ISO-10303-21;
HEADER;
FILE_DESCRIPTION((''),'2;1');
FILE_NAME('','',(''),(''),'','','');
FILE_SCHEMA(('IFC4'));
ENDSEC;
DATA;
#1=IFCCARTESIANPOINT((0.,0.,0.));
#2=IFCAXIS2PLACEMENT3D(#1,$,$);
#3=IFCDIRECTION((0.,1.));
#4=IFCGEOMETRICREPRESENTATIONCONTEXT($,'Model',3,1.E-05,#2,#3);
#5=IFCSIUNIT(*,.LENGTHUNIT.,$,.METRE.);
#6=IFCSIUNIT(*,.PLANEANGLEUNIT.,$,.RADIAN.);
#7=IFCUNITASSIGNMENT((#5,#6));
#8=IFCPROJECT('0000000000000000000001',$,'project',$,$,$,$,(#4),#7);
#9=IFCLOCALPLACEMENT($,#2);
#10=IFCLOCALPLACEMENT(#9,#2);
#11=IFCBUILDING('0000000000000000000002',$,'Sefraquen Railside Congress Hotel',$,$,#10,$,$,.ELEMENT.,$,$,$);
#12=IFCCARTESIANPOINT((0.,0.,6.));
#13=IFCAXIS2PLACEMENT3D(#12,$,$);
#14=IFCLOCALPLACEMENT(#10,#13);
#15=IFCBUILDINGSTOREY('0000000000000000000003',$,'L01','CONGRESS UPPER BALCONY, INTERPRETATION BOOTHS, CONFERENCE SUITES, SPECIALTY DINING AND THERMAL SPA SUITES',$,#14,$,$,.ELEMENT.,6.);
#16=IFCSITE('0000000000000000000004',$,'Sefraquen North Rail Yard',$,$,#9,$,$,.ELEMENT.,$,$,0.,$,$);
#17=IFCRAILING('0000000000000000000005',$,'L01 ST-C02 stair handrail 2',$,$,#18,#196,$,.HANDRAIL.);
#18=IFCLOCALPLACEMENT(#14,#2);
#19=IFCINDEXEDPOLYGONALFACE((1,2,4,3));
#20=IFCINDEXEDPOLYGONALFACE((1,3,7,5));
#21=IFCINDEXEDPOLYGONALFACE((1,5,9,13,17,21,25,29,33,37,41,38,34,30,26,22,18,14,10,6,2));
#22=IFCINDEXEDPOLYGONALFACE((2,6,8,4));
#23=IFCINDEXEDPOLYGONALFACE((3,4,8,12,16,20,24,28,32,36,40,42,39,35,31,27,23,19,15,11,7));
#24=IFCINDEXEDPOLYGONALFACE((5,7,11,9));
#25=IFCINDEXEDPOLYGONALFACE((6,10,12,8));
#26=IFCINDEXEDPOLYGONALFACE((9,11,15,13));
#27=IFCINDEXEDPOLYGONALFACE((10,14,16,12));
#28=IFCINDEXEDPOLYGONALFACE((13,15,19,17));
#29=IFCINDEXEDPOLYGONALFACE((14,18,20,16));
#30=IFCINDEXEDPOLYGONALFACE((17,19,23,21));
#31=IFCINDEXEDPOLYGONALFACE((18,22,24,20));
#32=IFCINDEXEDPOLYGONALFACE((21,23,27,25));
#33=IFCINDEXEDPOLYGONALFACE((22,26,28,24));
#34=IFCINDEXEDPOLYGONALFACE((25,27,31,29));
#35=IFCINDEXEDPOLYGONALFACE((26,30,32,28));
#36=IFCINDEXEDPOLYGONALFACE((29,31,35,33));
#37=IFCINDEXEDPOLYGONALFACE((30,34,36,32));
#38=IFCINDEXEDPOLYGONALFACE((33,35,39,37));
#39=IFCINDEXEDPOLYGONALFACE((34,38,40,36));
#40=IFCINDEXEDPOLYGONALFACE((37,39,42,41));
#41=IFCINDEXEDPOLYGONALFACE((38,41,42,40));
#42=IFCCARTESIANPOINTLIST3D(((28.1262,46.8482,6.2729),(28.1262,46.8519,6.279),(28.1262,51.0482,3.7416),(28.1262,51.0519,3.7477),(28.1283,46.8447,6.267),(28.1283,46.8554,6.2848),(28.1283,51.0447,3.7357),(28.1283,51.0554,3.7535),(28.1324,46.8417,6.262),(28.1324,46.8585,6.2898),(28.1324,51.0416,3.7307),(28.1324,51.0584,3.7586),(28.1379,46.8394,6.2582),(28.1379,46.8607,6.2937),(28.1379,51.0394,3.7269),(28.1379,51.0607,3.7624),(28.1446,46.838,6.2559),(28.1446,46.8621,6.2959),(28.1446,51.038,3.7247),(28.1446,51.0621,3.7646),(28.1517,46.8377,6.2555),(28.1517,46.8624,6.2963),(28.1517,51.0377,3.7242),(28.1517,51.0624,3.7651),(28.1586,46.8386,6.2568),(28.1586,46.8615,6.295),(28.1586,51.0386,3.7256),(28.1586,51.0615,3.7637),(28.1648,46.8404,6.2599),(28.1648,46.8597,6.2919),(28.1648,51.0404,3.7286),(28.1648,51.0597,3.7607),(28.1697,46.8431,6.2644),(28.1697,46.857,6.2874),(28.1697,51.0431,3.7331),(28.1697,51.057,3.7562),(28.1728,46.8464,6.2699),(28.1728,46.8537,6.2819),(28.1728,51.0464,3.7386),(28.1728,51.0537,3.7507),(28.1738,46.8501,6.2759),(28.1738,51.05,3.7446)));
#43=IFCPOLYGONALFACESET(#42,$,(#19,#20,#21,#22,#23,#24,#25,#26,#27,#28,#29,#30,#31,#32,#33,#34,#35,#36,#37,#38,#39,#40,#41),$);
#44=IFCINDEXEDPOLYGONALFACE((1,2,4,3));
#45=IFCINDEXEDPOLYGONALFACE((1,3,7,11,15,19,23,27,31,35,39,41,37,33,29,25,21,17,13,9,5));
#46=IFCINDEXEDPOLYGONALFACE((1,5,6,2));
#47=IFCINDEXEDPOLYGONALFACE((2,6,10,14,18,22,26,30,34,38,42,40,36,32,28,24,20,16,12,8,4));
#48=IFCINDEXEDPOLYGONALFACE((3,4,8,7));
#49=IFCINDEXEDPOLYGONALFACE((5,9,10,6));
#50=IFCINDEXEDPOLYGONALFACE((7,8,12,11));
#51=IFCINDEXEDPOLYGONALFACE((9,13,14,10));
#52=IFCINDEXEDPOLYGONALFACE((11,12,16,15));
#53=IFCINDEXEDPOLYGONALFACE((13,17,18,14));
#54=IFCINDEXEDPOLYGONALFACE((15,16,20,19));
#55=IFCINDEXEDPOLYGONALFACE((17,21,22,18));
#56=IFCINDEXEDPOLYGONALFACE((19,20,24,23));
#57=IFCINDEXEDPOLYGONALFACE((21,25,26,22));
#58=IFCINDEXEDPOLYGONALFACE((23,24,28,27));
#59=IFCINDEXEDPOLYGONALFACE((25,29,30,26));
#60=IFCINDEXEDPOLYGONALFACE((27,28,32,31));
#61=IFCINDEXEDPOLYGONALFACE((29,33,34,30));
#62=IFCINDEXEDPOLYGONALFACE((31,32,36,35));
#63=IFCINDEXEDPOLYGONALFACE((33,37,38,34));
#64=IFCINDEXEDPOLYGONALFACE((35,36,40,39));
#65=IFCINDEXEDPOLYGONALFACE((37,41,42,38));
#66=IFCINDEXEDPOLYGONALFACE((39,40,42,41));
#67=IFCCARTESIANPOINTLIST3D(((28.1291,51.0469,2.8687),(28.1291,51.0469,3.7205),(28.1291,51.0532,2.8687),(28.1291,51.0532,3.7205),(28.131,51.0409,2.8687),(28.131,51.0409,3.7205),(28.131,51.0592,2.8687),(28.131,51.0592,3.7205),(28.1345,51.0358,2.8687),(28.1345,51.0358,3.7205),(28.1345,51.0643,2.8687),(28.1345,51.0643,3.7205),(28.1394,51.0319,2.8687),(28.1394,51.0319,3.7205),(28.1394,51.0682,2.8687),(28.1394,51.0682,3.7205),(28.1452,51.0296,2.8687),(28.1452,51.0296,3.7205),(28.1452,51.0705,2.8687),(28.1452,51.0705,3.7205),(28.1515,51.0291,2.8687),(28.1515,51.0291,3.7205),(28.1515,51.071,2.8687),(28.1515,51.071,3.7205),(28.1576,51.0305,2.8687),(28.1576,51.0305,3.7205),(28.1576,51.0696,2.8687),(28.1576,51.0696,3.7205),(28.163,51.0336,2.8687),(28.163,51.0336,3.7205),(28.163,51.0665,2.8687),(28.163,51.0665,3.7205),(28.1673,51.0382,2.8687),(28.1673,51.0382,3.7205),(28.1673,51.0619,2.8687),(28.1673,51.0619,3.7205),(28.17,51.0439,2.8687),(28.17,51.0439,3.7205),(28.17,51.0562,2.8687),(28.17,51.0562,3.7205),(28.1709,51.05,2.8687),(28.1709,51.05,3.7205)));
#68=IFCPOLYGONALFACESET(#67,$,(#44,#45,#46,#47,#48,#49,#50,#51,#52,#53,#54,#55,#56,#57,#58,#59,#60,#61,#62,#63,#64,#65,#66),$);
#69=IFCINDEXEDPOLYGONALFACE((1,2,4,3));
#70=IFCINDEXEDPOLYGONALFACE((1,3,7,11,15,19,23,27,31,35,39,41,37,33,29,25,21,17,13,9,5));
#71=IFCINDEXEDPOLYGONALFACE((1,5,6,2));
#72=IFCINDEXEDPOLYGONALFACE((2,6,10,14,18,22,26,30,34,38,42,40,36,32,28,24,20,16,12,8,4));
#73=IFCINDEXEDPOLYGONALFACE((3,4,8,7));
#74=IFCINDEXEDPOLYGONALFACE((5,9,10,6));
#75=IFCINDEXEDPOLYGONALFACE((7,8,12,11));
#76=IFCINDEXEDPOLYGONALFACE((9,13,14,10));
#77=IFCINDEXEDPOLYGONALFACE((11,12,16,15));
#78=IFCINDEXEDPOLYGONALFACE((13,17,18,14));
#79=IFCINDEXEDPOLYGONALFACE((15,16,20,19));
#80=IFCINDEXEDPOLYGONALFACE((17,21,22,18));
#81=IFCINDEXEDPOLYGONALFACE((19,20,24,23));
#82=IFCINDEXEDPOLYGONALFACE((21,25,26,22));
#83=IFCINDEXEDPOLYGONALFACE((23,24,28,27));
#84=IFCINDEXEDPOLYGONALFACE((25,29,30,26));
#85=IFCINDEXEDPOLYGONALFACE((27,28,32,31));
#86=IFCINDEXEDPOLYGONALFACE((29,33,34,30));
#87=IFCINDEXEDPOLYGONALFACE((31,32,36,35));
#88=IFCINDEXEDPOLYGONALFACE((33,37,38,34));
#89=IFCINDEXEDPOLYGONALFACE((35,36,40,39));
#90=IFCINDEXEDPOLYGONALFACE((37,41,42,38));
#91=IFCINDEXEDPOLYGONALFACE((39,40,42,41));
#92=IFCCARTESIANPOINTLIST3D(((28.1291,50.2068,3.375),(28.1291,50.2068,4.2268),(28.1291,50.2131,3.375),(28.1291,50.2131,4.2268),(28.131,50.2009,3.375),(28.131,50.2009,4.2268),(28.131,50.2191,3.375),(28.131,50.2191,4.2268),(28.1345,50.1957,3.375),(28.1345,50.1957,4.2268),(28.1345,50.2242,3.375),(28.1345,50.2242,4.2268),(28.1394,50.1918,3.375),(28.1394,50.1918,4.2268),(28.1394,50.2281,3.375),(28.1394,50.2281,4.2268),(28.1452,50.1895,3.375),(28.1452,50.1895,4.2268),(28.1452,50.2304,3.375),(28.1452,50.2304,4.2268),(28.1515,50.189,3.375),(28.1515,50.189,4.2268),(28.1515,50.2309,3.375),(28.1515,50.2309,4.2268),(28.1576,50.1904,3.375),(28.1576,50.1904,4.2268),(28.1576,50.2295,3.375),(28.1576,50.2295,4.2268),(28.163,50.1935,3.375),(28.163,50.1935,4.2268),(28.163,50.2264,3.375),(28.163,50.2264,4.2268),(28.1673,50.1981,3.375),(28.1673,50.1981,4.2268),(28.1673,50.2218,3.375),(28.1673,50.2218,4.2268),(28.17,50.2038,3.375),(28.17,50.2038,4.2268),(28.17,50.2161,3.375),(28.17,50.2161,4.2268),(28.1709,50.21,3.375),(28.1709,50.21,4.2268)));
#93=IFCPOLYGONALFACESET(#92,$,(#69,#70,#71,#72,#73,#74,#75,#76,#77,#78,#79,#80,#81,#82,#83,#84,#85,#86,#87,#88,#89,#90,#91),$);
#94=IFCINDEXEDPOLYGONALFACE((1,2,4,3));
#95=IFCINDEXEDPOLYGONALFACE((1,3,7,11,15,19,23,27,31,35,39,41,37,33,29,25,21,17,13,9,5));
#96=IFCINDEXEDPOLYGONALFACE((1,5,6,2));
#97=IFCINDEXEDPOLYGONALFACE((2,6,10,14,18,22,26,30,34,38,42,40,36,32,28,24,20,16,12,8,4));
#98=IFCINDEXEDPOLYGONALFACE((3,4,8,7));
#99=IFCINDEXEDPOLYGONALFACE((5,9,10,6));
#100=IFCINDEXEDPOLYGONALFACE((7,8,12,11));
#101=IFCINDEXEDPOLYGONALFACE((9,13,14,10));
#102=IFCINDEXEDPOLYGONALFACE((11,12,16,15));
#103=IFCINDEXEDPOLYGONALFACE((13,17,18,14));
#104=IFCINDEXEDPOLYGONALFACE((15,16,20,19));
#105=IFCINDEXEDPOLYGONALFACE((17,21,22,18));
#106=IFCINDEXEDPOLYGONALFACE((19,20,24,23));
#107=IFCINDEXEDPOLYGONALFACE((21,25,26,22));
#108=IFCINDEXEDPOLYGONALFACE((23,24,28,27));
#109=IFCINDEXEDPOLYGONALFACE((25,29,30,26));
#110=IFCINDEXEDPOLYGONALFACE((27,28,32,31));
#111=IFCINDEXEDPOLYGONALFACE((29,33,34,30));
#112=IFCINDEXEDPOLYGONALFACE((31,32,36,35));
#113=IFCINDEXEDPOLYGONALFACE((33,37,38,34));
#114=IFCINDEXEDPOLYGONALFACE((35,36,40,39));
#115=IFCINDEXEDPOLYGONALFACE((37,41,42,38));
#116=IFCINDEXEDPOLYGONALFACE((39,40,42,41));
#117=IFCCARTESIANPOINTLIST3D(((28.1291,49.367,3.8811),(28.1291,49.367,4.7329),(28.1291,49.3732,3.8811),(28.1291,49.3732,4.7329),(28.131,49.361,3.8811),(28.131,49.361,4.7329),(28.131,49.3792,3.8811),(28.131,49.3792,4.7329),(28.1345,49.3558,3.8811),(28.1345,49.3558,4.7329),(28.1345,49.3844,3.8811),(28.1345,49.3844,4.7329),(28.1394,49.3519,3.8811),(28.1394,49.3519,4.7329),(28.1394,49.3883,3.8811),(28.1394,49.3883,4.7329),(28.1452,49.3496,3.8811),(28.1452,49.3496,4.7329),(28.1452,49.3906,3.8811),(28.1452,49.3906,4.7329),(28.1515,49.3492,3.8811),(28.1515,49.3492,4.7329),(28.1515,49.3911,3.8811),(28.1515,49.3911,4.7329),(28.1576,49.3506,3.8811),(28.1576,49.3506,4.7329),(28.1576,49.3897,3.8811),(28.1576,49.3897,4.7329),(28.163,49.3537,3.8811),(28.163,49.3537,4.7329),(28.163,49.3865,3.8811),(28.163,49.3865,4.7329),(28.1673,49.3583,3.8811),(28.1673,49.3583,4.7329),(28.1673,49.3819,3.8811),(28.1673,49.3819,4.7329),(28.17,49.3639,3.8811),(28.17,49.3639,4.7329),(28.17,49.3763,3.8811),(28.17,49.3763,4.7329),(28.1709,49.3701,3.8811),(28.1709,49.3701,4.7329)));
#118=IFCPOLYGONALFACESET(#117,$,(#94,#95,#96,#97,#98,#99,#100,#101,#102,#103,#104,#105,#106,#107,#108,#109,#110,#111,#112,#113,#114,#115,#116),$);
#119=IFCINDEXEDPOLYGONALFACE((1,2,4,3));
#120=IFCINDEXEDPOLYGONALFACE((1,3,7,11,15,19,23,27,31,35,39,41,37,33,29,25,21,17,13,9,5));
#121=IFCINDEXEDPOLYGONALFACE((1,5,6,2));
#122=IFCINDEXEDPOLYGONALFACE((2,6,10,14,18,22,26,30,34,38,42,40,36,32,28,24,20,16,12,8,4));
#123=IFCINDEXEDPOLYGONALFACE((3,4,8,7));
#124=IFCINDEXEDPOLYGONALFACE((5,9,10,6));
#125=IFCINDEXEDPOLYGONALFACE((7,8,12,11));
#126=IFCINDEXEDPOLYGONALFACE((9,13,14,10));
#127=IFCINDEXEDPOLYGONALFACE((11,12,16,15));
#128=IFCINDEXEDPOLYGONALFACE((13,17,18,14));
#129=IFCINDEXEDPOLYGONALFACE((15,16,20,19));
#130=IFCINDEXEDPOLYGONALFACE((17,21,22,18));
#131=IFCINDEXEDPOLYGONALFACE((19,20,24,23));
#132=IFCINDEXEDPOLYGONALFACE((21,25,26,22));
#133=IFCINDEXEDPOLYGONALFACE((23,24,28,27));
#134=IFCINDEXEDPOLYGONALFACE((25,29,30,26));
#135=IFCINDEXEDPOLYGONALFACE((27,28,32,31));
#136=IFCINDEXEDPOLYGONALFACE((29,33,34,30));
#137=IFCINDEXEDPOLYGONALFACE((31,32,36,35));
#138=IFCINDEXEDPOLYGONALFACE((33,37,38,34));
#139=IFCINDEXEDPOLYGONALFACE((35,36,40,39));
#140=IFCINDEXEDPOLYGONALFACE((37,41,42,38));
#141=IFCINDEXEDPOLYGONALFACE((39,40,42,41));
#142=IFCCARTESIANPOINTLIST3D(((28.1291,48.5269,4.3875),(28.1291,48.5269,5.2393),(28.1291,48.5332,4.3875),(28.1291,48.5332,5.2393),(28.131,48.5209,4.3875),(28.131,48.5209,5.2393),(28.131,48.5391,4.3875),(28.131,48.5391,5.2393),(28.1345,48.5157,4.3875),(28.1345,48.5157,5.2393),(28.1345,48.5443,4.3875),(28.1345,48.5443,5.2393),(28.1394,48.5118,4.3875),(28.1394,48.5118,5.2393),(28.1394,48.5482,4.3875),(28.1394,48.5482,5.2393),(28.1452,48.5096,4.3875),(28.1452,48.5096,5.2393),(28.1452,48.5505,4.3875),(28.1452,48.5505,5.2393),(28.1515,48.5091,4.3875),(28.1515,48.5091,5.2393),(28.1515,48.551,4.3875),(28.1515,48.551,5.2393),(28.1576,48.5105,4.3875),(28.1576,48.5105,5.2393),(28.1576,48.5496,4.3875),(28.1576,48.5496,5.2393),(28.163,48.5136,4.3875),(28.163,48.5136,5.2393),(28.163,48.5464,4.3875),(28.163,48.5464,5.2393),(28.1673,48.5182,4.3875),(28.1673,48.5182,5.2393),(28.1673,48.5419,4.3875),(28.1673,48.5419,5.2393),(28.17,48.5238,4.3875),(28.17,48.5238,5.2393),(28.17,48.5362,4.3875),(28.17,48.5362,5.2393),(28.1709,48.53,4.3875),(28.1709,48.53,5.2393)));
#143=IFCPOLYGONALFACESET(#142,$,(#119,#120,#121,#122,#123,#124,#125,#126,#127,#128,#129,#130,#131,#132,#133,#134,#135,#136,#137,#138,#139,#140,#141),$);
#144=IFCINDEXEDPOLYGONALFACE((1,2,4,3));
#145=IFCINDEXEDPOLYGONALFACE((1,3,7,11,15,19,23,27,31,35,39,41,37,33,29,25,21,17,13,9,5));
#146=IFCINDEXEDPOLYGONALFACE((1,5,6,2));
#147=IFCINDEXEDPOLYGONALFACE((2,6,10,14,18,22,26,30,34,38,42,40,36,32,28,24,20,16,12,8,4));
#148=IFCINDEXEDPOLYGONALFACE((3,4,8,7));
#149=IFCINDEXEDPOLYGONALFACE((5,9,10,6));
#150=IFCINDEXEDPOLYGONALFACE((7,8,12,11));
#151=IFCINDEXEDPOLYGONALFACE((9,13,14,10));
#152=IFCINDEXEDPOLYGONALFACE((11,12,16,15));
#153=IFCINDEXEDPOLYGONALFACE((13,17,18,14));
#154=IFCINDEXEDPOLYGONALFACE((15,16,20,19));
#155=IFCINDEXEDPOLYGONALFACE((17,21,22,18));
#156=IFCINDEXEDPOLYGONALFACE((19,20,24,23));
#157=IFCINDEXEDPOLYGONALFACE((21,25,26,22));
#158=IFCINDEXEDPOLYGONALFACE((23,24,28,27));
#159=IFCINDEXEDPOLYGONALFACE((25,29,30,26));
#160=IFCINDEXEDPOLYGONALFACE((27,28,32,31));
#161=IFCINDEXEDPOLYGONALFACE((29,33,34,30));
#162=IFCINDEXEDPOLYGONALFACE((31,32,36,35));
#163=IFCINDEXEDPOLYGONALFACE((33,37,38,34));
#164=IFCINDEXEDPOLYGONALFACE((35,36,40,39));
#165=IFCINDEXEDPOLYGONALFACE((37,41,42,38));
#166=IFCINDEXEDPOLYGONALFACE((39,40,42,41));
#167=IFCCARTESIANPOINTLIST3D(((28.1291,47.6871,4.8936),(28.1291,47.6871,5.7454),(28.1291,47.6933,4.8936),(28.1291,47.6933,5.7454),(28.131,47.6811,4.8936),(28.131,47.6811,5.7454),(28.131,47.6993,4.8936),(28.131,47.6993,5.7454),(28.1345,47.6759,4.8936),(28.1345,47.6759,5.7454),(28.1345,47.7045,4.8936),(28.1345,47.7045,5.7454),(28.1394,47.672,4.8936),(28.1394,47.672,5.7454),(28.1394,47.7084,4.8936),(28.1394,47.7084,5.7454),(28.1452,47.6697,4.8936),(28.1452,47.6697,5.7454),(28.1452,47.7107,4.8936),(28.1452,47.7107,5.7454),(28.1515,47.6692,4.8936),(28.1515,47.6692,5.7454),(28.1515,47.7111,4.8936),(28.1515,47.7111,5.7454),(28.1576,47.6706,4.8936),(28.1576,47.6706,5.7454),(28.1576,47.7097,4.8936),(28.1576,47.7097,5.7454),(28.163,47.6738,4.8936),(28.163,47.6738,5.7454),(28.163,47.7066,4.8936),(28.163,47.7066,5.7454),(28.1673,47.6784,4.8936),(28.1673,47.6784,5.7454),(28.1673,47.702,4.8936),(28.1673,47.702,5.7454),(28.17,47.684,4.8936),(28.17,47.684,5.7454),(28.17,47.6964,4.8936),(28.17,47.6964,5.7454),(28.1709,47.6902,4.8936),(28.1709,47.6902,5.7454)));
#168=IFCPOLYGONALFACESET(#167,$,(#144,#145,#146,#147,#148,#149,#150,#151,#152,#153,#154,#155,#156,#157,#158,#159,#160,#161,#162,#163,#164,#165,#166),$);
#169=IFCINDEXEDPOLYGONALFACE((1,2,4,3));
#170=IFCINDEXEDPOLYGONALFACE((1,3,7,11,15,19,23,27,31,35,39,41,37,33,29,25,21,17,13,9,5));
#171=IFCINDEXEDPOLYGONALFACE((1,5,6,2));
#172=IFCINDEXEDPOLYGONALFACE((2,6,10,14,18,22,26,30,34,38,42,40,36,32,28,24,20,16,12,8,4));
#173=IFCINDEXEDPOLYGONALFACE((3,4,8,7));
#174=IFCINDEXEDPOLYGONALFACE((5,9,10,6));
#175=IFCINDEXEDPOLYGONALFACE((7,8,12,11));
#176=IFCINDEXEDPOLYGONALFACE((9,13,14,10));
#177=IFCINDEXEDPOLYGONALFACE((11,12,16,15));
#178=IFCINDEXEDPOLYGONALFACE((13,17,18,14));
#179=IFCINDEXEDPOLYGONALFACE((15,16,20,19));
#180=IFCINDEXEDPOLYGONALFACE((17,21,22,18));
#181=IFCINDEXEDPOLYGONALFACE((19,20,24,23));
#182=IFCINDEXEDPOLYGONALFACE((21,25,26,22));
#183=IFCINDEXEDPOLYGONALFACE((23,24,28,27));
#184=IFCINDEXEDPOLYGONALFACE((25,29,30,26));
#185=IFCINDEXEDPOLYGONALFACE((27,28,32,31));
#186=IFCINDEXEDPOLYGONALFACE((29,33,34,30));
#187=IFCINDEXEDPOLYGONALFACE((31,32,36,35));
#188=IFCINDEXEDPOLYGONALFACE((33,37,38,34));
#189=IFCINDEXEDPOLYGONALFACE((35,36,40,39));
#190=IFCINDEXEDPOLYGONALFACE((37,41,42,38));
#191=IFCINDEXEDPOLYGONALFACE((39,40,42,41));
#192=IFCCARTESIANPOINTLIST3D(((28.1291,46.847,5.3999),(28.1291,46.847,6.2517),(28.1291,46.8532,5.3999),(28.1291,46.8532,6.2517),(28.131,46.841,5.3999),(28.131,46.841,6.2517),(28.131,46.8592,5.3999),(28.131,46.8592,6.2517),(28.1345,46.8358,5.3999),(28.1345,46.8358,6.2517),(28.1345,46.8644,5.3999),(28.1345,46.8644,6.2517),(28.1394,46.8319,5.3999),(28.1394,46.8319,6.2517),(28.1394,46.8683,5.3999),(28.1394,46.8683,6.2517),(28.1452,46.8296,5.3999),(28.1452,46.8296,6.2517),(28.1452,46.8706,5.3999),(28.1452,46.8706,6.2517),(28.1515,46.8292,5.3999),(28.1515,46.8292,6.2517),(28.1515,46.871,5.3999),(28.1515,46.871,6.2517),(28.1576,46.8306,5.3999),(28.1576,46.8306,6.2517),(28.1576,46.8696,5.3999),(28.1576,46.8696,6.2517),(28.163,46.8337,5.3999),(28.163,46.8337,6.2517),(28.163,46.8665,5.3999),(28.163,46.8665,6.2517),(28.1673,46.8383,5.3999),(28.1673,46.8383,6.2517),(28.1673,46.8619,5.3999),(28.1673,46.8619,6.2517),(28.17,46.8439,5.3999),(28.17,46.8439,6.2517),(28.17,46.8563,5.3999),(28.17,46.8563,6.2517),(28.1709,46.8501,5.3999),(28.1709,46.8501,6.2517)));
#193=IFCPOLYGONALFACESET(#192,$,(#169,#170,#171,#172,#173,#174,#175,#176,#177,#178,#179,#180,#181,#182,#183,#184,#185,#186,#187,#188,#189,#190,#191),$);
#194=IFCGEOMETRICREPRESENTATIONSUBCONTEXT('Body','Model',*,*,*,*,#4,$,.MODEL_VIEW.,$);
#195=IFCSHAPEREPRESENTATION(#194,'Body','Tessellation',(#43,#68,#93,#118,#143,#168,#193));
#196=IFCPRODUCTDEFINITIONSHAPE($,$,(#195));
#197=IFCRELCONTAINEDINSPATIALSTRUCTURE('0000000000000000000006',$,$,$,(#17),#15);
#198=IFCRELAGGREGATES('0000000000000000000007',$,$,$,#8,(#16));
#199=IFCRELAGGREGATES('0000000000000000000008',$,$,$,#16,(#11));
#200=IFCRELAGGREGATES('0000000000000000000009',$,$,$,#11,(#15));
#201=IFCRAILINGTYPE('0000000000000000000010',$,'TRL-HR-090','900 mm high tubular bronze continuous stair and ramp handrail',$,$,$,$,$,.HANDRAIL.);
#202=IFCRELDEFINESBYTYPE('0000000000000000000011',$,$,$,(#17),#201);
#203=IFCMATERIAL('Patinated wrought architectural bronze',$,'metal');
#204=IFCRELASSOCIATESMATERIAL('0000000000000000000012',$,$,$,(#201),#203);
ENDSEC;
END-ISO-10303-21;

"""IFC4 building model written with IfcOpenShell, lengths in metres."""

from ifc_helpers import new_model, si_unit, direction, frame, origin, origin_2d, place, context, subcontext, project, spatial, circle, extrude, material, type_object, element, save


model = new_model("IFC4")

# Units and contexts
model_context = context("Model", 3, precision=1e-05, world=origin(), true_north=direction((0.0, 1.0)))
body_context = subcontext(model_context, "Body", "Model", "MODEL_VIEW")
ifc_project = project(units=[si_unit("LENGTHUNIT", "METRE"), si_unit("PLANEANGLEUNIT", "RADIAN")], contexts=[model_context])

# Site, building, storey
site_placement = place(None, origin())
site = spatial("IfcSite", under=ifc_project, at=site_placement, Name="Sefraquen North Rail Yard", CompositionType="ELEMENT", RefElevation=0.0)
building_placement = place(site_placement, origin())
building = spatial("IfcBuilding", under=site, at=building_placement, Name="Sefraquen Railside Congress Hotel", CompositionType="ELEMENT")
storey_placement = place(building_placement, frame((0.0, 0.0, 6.0)))
storey = spatial("IfcBuildingStorey", under=building, at=storey_placement, Name="L01", Description="CONGRESS UPPER BALCONY, INTERPRETATION BOOTHS, CONFERENCE SUITES, SPECIALTY DINING AND THERMAL SPA SUITES", CompositionType="ELEMENT", Elevation=6.0)

# Railing
ifc_material_1 = material(Name="Patinated wrought architectural bronze", Category="metal")
railing_type_1 = type_object("IfcRailingType", Name="TRL-HR-090", Description="900 mm high tubular bronze continuous stair and ramp handrail", PredefinedType="HANDRAIL", material=ifc_material_1)
railing_1_placement = place(storey_placement, frame((28.1499, 51.05, 2.8687)))
element("IfcRailing", 1, at=railing_1_placement, inside=storey, type_object=railing_type_1, Name="L01 ST-C02 stair handrail 2", PredefinedType="HANDRAIL", context=body_context, shape_type="SweptSolid", body=[
    extrude(circle(Radius=0.0239, at=origin_2d()), frame((0.0, 0.0, 0.876), z_axis=(0.0, -0.856476, 0.516186), x_axis=(1.0, 0.0, 0.0)), (0.0, 0.0, 1.0), 4.9038),
    extrude(circle(Radius=0.021, at=origin_2d()), origin(), (0.0, 0.0, 1.0), 0.8518),
    extrude(circle(Radius=0.021, at=origin_2d()), frame((0.0, -0.8401, 0.5063)), (0.0, 0.0, 1.0), 0.8518),
    extrude(circle(Radius=0.021, at=origin_2d()), frame((0.0, -1.6799, 1.0125)), (0.0, 0.0, 1.0), 0.8518),
    extrude(circle(Radius=0.021, at=origin_2d()), frame((0.0, -2.52, 1.5188)), (0.0, 0.0, 1.0), 0.8518),
    extrude(circle(Radius=0.021, at=origin_2d()), frame((0.0, -3.3599, 2.0249)), (0.0, 0.0, 1.0), 0.8518),
    extrude(circle(Radius=0.021, at=origin_2d()), frame((0.0, -4.2, 2.5312)), (0.0, 0.0, 1.0), 0.8518),
])

save(model, "model.ifc")
